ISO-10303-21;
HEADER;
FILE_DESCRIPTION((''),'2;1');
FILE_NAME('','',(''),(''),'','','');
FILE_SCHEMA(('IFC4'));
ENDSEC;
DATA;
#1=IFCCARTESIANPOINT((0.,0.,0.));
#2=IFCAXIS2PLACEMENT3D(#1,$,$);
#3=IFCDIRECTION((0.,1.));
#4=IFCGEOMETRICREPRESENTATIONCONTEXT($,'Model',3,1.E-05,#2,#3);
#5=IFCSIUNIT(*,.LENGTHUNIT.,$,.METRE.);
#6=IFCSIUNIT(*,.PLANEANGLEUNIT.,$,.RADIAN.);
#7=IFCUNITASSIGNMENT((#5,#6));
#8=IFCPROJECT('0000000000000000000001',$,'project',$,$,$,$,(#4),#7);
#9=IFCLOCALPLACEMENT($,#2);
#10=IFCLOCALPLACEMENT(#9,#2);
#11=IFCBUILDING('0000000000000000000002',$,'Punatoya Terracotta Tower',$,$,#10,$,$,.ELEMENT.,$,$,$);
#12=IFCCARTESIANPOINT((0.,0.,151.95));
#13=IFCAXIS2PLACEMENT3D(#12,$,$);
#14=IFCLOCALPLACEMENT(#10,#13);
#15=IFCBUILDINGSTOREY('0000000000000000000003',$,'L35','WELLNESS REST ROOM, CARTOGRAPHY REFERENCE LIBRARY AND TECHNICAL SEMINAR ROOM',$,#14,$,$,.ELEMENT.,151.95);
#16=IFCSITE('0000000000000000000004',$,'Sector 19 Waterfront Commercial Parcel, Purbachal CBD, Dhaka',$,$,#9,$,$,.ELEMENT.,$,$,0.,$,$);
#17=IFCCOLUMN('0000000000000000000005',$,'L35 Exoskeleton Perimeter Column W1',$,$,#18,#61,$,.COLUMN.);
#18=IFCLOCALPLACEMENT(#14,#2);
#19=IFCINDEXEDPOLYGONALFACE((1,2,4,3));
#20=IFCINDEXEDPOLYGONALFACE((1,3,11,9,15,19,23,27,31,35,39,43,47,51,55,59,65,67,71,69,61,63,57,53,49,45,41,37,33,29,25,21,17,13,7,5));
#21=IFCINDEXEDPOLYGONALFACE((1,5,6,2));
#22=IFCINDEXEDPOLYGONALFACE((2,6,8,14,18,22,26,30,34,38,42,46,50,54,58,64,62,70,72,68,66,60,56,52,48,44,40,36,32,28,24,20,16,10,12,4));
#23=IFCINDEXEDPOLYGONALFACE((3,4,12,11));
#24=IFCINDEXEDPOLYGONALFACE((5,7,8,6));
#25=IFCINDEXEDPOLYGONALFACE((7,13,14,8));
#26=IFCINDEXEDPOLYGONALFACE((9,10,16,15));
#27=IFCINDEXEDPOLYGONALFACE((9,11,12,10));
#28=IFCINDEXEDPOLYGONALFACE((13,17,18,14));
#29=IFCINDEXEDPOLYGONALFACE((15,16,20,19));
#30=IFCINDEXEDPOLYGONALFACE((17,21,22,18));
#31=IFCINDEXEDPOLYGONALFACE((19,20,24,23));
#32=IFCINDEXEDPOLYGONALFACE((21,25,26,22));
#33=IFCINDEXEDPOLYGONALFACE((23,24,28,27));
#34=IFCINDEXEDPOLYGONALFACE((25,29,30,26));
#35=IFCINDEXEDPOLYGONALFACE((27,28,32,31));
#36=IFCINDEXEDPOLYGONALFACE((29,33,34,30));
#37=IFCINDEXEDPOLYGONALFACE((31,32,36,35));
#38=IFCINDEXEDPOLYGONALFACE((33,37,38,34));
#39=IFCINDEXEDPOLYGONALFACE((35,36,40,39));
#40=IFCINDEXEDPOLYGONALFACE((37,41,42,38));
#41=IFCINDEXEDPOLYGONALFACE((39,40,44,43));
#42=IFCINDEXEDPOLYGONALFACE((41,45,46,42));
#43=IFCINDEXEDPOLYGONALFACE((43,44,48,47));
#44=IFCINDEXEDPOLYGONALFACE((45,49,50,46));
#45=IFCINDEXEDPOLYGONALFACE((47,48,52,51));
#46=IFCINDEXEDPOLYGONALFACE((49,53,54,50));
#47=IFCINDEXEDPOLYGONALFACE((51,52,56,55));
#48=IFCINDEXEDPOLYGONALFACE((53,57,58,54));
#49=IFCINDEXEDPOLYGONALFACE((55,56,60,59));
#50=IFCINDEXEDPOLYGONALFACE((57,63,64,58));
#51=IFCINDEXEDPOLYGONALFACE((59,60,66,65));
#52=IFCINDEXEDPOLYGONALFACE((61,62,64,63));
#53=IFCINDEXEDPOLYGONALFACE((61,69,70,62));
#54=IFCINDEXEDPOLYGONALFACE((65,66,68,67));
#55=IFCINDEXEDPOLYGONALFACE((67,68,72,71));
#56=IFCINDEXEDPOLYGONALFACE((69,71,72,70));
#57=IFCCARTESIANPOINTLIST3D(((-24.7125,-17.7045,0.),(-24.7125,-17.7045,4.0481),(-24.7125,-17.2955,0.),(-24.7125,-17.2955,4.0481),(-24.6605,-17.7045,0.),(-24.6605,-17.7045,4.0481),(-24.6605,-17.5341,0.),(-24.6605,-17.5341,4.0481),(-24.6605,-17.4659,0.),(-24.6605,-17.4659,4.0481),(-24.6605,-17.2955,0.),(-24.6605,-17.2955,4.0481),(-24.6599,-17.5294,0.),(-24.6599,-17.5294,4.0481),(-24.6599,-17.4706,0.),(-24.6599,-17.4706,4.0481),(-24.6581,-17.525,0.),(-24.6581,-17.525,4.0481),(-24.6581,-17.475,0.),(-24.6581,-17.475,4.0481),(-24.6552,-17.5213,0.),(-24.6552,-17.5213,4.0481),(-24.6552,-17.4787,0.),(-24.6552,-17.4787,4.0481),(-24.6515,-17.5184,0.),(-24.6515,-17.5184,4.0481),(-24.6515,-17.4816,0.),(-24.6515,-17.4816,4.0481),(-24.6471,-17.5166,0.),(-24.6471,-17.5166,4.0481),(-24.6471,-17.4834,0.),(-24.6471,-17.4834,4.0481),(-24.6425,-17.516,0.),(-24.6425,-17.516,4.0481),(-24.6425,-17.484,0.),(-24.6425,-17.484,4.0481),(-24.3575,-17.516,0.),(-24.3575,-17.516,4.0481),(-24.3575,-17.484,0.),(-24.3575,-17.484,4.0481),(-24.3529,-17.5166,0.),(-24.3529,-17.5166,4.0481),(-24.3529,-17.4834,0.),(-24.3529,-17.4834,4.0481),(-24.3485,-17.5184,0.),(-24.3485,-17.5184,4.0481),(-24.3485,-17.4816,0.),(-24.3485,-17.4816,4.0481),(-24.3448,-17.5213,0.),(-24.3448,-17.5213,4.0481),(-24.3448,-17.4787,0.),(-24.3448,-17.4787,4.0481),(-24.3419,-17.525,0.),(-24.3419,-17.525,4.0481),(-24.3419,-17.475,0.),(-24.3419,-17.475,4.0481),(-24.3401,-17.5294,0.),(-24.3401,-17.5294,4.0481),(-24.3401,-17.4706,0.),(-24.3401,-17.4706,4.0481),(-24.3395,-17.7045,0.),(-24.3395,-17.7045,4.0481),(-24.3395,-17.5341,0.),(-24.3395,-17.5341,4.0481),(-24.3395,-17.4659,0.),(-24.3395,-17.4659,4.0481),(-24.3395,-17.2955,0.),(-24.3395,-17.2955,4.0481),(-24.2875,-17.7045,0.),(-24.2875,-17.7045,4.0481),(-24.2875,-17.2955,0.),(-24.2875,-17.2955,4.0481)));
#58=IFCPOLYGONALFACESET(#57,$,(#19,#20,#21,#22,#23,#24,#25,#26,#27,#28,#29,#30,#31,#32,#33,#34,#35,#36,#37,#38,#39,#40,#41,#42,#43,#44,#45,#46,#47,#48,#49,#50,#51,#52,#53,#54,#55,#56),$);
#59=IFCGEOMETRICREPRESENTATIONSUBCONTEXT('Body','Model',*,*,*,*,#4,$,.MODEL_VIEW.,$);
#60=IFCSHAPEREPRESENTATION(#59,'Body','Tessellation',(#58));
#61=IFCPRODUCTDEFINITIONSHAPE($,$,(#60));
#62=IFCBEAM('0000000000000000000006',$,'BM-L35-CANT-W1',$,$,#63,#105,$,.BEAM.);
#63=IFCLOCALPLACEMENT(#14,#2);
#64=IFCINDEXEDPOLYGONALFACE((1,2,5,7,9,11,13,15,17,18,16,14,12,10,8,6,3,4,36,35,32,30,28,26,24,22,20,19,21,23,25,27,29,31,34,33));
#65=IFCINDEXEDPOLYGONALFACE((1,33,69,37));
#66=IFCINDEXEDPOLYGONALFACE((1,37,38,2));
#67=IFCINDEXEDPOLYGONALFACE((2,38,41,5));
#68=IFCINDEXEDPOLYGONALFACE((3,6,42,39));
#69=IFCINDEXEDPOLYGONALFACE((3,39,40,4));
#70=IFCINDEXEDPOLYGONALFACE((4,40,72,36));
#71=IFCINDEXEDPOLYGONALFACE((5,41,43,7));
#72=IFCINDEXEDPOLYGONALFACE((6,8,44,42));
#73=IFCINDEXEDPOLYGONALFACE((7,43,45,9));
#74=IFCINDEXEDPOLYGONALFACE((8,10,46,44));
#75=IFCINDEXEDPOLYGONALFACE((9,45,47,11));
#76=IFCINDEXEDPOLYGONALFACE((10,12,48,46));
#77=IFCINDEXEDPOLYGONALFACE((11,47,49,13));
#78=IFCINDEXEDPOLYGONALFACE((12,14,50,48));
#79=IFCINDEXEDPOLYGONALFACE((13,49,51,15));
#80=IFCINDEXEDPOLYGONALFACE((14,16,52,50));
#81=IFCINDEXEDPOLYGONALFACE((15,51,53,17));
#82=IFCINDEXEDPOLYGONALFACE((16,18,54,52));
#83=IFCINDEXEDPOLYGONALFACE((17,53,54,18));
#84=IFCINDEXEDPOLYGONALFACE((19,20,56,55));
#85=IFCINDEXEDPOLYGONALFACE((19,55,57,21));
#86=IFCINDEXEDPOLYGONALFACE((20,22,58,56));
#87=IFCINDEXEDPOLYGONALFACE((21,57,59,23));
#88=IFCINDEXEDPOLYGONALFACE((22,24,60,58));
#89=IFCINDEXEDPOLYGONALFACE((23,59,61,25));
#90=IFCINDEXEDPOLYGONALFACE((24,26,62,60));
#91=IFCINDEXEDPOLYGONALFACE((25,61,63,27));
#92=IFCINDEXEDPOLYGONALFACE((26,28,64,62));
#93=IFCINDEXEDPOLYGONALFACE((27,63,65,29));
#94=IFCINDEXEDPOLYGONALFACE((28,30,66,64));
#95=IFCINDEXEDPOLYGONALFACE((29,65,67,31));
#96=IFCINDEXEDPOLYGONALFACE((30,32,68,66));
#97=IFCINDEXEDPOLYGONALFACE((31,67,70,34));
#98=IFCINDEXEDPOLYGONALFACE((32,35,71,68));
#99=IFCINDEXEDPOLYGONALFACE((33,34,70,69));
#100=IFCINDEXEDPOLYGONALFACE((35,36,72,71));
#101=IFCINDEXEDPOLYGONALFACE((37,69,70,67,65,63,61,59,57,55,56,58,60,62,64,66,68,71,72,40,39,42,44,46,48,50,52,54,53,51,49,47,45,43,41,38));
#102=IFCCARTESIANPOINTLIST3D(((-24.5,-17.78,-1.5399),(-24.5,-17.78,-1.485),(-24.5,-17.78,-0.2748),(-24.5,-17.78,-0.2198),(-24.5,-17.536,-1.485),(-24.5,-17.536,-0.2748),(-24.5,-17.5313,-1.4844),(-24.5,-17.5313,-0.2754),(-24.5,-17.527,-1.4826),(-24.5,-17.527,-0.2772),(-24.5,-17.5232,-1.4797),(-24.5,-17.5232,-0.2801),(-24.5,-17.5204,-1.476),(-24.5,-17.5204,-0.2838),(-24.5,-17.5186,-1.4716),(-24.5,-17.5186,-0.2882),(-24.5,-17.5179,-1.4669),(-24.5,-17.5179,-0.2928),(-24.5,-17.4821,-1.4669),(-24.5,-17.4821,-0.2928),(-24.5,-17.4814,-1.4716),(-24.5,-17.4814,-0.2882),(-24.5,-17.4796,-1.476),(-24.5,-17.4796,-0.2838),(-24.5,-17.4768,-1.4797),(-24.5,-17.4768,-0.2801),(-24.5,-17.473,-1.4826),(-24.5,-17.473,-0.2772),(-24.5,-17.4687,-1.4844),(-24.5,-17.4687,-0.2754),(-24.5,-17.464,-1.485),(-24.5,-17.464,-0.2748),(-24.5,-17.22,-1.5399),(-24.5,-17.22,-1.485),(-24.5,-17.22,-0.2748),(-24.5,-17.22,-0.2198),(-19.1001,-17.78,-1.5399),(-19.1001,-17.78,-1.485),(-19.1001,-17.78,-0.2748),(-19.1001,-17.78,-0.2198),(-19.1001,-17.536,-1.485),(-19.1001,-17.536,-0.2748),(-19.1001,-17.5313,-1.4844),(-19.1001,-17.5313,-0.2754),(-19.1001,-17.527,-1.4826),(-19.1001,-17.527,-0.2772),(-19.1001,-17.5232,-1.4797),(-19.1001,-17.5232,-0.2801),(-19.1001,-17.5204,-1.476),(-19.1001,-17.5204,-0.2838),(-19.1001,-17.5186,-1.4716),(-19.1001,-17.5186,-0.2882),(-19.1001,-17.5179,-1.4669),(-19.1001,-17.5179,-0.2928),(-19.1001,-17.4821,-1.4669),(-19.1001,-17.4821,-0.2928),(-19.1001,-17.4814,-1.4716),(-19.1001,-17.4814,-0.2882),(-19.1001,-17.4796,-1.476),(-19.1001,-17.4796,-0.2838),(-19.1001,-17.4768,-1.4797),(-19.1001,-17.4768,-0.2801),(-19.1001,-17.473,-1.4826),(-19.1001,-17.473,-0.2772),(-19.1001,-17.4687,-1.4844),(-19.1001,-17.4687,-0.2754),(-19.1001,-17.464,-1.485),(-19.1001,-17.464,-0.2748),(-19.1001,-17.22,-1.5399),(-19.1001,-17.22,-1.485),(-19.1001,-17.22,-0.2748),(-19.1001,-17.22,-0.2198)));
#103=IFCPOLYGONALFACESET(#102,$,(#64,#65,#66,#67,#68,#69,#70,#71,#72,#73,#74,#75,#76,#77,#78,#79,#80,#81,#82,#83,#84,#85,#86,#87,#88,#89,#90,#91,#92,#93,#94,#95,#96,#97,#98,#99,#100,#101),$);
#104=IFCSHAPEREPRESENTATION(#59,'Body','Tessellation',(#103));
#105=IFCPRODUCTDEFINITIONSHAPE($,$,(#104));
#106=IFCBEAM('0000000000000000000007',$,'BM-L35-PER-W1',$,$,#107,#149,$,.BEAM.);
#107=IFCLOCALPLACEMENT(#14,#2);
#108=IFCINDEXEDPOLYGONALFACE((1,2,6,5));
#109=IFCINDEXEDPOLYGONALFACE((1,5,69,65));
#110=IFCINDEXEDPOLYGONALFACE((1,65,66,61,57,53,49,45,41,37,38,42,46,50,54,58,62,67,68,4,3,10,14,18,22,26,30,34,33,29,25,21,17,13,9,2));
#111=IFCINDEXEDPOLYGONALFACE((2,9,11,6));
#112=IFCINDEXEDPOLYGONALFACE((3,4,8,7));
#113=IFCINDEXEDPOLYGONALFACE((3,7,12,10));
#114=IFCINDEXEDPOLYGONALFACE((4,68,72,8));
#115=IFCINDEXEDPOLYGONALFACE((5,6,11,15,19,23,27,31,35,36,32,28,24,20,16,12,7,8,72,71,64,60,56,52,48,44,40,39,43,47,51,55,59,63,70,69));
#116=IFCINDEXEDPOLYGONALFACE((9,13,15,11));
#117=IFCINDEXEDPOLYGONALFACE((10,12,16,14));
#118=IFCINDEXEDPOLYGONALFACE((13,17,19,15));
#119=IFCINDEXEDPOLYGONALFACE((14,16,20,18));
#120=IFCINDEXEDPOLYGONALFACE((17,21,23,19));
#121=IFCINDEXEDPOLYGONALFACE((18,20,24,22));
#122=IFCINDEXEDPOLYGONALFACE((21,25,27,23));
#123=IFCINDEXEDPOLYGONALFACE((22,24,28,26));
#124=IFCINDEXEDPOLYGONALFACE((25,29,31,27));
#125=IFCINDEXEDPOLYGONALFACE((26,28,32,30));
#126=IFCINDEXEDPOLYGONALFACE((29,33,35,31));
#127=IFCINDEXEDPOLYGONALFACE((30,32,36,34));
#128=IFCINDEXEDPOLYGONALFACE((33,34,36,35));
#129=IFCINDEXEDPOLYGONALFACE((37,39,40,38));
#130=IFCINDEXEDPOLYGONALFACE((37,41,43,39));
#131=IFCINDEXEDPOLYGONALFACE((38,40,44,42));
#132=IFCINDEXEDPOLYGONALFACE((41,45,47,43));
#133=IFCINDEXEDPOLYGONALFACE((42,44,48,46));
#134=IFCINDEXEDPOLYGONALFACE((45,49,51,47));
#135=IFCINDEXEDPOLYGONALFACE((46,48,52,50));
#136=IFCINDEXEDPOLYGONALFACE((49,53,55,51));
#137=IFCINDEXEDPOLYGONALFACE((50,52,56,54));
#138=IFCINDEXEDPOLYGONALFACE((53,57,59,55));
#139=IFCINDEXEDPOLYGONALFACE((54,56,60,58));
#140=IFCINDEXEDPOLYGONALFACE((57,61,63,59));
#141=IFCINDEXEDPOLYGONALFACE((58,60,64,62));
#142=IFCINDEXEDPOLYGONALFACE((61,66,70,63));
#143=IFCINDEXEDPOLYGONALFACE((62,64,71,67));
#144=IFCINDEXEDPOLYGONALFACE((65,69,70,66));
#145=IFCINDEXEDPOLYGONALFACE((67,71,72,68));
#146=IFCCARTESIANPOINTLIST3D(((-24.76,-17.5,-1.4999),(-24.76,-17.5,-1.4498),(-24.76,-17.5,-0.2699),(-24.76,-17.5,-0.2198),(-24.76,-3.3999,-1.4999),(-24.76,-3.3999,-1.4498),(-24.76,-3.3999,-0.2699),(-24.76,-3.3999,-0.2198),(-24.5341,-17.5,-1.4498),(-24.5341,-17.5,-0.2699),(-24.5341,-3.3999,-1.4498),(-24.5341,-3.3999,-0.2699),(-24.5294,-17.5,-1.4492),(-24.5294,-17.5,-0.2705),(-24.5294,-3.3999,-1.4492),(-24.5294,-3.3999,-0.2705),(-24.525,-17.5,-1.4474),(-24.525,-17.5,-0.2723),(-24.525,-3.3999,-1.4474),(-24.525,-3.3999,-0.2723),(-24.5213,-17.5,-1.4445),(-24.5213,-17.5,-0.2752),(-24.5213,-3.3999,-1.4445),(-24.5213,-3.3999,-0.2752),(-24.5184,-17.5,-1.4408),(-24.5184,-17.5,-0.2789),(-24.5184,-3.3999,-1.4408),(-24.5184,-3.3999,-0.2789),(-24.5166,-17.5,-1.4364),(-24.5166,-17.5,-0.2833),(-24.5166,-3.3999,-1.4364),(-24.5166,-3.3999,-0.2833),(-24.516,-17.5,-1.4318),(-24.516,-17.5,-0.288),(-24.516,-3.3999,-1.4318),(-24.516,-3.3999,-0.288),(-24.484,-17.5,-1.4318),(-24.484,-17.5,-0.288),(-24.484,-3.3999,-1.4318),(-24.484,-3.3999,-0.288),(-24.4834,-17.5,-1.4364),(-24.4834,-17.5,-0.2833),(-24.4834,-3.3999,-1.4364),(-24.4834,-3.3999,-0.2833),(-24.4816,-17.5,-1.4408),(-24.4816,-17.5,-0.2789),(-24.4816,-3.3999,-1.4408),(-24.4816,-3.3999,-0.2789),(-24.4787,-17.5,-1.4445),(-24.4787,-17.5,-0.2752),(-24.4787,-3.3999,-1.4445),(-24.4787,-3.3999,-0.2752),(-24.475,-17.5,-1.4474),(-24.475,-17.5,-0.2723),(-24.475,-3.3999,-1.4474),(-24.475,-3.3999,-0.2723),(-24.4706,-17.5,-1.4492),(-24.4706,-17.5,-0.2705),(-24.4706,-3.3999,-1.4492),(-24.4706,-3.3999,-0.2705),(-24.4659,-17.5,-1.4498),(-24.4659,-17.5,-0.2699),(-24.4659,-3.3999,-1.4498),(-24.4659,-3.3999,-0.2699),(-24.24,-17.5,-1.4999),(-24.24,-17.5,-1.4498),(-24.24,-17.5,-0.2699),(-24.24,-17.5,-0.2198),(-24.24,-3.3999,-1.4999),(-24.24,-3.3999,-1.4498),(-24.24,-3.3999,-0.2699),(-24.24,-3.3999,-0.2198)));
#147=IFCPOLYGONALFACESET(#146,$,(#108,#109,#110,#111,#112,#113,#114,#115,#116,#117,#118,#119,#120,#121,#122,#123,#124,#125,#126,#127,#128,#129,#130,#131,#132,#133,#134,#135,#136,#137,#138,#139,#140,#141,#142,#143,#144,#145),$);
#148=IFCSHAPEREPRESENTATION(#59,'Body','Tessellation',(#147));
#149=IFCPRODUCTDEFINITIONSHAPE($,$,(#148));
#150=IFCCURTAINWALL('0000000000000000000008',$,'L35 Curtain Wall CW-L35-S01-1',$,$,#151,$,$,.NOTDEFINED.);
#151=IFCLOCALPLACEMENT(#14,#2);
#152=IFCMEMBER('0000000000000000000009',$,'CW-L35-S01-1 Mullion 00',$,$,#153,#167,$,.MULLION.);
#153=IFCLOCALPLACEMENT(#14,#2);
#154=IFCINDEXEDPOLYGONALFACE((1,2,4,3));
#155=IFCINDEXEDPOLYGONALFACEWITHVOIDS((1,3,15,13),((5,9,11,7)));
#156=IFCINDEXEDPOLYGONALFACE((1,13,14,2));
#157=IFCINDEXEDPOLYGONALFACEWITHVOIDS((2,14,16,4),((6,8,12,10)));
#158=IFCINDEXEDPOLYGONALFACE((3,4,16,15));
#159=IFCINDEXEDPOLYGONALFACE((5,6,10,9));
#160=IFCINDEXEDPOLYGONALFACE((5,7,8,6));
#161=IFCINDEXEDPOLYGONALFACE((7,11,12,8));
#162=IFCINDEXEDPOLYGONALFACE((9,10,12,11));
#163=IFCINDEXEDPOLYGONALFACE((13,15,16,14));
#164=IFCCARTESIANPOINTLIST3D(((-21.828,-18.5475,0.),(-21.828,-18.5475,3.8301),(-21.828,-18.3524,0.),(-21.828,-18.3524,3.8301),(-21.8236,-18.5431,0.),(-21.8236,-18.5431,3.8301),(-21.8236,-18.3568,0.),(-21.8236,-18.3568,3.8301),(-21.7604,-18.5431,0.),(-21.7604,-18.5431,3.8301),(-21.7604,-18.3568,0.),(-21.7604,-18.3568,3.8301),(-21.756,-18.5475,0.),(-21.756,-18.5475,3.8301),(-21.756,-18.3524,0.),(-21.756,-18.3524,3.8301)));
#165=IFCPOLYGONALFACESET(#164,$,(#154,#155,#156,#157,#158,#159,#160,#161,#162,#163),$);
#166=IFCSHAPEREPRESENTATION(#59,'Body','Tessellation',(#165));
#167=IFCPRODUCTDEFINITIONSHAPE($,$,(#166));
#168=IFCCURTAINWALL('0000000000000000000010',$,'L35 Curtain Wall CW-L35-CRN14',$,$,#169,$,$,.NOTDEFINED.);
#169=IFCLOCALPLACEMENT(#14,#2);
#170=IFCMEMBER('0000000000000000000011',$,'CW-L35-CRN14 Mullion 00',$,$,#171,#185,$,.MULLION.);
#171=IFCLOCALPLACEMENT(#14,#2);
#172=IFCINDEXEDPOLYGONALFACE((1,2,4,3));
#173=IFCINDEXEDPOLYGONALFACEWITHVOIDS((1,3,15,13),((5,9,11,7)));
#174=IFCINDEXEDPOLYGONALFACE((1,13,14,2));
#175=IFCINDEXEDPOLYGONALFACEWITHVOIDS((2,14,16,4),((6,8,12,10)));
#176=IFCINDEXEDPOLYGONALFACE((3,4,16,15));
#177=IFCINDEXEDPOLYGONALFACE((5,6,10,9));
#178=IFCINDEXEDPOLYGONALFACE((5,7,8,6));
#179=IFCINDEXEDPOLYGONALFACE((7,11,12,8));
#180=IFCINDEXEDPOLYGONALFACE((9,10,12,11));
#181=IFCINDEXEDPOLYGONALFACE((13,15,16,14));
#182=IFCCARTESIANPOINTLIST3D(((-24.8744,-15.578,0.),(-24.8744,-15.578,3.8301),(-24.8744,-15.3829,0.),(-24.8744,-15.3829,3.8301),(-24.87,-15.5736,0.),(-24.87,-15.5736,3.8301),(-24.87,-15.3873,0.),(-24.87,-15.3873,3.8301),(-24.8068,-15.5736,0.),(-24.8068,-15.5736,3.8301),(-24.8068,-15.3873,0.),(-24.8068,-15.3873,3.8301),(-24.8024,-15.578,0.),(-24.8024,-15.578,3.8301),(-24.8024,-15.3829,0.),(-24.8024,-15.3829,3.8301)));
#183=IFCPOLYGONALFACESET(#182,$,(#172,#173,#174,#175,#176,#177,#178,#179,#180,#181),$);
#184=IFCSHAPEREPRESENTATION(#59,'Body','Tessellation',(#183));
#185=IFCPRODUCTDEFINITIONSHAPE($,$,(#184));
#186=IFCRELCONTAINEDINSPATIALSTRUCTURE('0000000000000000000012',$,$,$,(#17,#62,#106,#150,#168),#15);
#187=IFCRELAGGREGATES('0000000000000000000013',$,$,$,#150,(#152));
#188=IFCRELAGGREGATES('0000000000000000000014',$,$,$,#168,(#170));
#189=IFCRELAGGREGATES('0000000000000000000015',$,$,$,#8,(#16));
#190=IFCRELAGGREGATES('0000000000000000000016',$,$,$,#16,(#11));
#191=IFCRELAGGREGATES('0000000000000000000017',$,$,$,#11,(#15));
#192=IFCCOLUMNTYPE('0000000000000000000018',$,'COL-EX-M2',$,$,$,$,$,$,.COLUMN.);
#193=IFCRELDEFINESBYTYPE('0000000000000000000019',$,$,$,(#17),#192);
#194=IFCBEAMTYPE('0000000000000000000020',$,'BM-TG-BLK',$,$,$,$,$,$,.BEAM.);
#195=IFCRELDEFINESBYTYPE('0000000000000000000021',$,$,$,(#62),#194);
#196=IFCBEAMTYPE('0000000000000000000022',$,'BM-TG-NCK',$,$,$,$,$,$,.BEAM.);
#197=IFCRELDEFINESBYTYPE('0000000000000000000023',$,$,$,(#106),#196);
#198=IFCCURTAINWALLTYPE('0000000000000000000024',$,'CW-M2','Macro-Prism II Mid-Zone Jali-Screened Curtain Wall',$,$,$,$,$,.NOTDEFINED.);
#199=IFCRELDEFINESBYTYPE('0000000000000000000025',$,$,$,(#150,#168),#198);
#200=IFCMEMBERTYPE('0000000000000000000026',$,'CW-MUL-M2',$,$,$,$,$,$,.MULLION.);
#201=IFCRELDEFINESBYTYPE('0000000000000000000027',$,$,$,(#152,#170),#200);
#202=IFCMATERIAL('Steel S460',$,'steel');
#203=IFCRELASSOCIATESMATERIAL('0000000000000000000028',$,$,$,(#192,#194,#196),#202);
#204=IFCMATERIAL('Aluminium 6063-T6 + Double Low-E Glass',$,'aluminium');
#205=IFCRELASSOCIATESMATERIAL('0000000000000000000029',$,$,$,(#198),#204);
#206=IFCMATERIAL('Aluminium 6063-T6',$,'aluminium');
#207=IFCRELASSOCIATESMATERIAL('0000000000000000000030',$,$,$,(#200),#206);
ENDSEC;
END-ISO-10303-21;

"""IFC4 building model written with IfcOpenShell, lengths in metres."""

from ifc_helpers import new_model, si_unit, direction, frame, origin, origin_2d, place, context, subcontext, project, spatial, hollow_rectangle, i_section, extrude, material, material_profile, profile_set, type_object, element, aggregate, save


model = new_model("IFC4")

# Units and contexts
model_context = context("Model", 3, precision=1e-05, world=origin(), true_north=direction((0.0, 1.0)))
body_context = subcontext(model_context, "Body", "Model", "MODEL_VIEW")
ifc_project = project(units=[si_unit("LENGTHUNIT", "METRE"), si_unit("PLANEANGLEUNIT", "RADIAN")], contexts=[model_context])

# Site, building, storey
site_placement = place(None, origin())
site = spatial("IfcSite", under=ifc_project, at=site_placement, Name="Sector 19 Waterfront Commercial Parcel, Purbachal CBD, Dhaka", CompositionType="ELEMENT", RefElevation=0.0)
building_placement = place(site_placement, origin())
building = spatial("IfcBuilding", under=site, at=building_placement, Name="Punatoya Terracotta Tower", CompositionType="ELEMENT")
storey_placement = place(building_placement, frame((0.0, 0.0, 151.95)))
storey = spatial("IfcBuildingStorey", under=building, at=storey_placement, Name="L35", Description="WELLNESS REST ROOM, CARTOGRAPHY REFERENCE LIBRARY AND TECHNICAL SEMINAR ROOM", CompositionType="ELEMENT", Elevation=151.95)

# Column
ifc_material_1 = material(Name="Steel S460", Category="steel")
ifc_material_profile_1 = material_profile(ifc_material_1, i_section(OverallWidth=0.4089, OverallDepth=0.425, WebThickness=0.032, FlangeThickness=0.052, FilletRadius=0.0181, at=origin_2d()))
ifc_profile_set_1 = profile_set([ifc_material_profile_1], Name="Steel S460")
column_type = type_object("IfcColumnType", Name="COL-EX-M2", PredefinedType="COLUMN", material=ifc_profile_set_1)
column_placement = place(storey_placement, frame((-24.5, -17.5, 0.0), z_axis=(0.0, 0.0, 1.0), x_axis=(0.0, 1.0, 0.0)))
element("IfcColumn", 1, at=column_placement, inside=storey, type_object=column_type, Name="L35 Exoskeleton Perimeter Column W1", PredefinedType="COLUMN", context=body_context, shape_type="SweptSolid", body=[
    extrude(i_section(OverallWidth=0.4089, OverallDepth=0.425, WebThickness=0.032, FlangeThickness=0.052, FilletRadius=0.0181, at=origin_2d()), origin(), (0.0, 0.0, 1.0), 4.0481),
])

# Beams
ifc_material_profile_2 = material_profile(ifc_material_1, i_section(OverallWidth=0.5601, OverallDepth=1.3201, WebThickness=0.0359, FlangeThickness=0.0549, FilletRadius=0.0181, at=origin_2d()))
ifc_profile_set_2 = profile_set([ifc_material_profile_2], Name="Steel S460")
beam_type_1 = type_object("IfcBeamType", Name="BM-TG-BLK", PredefinedType="BEAM", material=ifc_profile_set_2)
beam_1_placement = place(storey_placement, frame((-24.5, -17.5, -0.8799), z_axis=(1.0, 0.0, 0.0), x_axis=(0.0, 1.0, 0.0)))
element("IfcBeam", 2, at=beam_1_placement, inside=storey, type_object=beam_type_1, Name="BM-L35-CANT-W1", PredefinedType="BEAM", context=body_context, shape_type="SweptSolid", body=[
    extrude(i_section(OverallWidth=0.5601, OverallDepth=1.3201, WebThickness=0.0359, FlangeThickness=0.0549, FilletRadius=0.0181, at=origin_2d()), origin(), (0.0, 0.0, 1.0), 5.3999),
])
ifc_material_profile_3 = material_profile(ifc_material_1, i_section(OverallWidth=0.52, OverallDepth=1.28, WebThickness=0.032, FlangeThickness=0.05, FilletRadius=0.0181, at=origin_2d()))
ifc_profile_set_3 = profile_set([ifc_material_profile_3], Name="Steel S460")
beam_type_2 = type_object("IfcBeamType", Name="BM-TG-NCK", PredefinedType="BEAM", material=ifc_profile_set_3)
beam_2_placement = place(storey_placement, frame((-24.5, -17.5, -0.8599), z_axis=(0.0, 1.0, 0.0), x_axis=(-1.0, 0.0, 0.0)))
element("IfcBeam", 3, at=beam_2_placement, inside=storey, type_object=beam_type_2, Name="BM-L35-PER-W1", PredefinedType="BEAM", context=body_context, shape_type="SweptSolid", body=[
    extrude(i_section(OverallWidth=0.52, OverallDepth=1.28, WebThickness=0.032, FlangeThickness=0.05, FilletRadius=0.0181, at=origin_2d()), origin(), (0.0, 0.0, 1.0), 14.1001),
])

# Curtain wall, member
ifc_material_2 = material(Name="Aluminium 6063-T6 + Double Low-E Glass", Category="aluminium")
curtain_wall_type = type_object("IfcCurtainWallType", Name="CW-M2", Description="Macro-Prism II Mid-Zone Jali-Screened Curtain Wall", PredefinedType="NOTDEFINED", material=ifc_material_2)
curtain_wall_1_placement = place(storey_placement, origin())
curtain_wall_1 = element("IfcCurtainWall", 4, at=curtain_wall_1_placement, inside=storey, type_object=curtain_wall_type, Name="L35 Curtain Wall CW-L35-S01-1", PredefinedType="NOTDEFINED")
ifc_material_3 = material(Name="Aluminium 6063-T6", Category="aluminium")
ifc_material_profile_4 = material_profile(ifc_material_3, hollow_rectangle(XDim=0.072, YDim=0.1951, WallThickness=0.0044, at=origin_2d()))
ifc_profile_set_4 = profile_set([ifc_material_profile_4], Name="Aluminium 6063-T6")
member_type_1 = type_object("IfcMemberType", Name="CW-MUL-M2", PredefinedType="MULLION", material=ifc_profile_set_4)
member_1_placement = place(storey_placement, frame((-21.792, -18.45, 0.0), z_axis=(0.0, 0.0, 1.0), x_axis=(1.0, 0.0, 0.0)))
member_1 = element("IfcMember", 5, at=member_1_placement, type_object=member_type_1, Name="CW-L35-S01-1 Mullion 00", PredefinedType="MULLION", context=body_context, shape_type="SweptSolid", body=[
    extrude(hollow_rectangle(XDim=0.072, YDim=0.1951, WallThickness=0.0044, at=origin_2d()), origin(), (0.0, 0.0, 1.0), 3.8301),
])

# Curtain wall, member
curtain_wall_2_placement = place(storey_placement, origin())
curtain_wall_2 = element("IfcCurtainWall", 6, at=curtain_wall_2_placement, inside=storey, type_object=curtain_wall_type, Name="L35 Curtain Wall CW-L35-CRN14", PredefinedType="NOTDEFINED")
member_2_placement = place(storey_placement, frame((-24.8384, -15.4805, 0.0), z_axis=(0.0, 0.0, 1.0), x_axis=(1.0, 0.0, 0.0)))
member_2 = element("IfcMember", 7, at=member_2_placement, type_object=member_type_1, Name="CW-L35-CRN14 Mullion 00", PredefinedType="MULLION", context=body_context, shape_type="SweptSolid", body=[
    extrude(hollow_rectangle(XDim=0.072, YDim=0.1951, WallThickness=0.0044, at=origin_2d()), origin(), (0.0, 0.0, 1.0), 3.8301),
])

aggregate(curtain_wall_1, [member_1])

aggregate(curtain_wall_2, [member_2])

save(model, "model.ifc")
